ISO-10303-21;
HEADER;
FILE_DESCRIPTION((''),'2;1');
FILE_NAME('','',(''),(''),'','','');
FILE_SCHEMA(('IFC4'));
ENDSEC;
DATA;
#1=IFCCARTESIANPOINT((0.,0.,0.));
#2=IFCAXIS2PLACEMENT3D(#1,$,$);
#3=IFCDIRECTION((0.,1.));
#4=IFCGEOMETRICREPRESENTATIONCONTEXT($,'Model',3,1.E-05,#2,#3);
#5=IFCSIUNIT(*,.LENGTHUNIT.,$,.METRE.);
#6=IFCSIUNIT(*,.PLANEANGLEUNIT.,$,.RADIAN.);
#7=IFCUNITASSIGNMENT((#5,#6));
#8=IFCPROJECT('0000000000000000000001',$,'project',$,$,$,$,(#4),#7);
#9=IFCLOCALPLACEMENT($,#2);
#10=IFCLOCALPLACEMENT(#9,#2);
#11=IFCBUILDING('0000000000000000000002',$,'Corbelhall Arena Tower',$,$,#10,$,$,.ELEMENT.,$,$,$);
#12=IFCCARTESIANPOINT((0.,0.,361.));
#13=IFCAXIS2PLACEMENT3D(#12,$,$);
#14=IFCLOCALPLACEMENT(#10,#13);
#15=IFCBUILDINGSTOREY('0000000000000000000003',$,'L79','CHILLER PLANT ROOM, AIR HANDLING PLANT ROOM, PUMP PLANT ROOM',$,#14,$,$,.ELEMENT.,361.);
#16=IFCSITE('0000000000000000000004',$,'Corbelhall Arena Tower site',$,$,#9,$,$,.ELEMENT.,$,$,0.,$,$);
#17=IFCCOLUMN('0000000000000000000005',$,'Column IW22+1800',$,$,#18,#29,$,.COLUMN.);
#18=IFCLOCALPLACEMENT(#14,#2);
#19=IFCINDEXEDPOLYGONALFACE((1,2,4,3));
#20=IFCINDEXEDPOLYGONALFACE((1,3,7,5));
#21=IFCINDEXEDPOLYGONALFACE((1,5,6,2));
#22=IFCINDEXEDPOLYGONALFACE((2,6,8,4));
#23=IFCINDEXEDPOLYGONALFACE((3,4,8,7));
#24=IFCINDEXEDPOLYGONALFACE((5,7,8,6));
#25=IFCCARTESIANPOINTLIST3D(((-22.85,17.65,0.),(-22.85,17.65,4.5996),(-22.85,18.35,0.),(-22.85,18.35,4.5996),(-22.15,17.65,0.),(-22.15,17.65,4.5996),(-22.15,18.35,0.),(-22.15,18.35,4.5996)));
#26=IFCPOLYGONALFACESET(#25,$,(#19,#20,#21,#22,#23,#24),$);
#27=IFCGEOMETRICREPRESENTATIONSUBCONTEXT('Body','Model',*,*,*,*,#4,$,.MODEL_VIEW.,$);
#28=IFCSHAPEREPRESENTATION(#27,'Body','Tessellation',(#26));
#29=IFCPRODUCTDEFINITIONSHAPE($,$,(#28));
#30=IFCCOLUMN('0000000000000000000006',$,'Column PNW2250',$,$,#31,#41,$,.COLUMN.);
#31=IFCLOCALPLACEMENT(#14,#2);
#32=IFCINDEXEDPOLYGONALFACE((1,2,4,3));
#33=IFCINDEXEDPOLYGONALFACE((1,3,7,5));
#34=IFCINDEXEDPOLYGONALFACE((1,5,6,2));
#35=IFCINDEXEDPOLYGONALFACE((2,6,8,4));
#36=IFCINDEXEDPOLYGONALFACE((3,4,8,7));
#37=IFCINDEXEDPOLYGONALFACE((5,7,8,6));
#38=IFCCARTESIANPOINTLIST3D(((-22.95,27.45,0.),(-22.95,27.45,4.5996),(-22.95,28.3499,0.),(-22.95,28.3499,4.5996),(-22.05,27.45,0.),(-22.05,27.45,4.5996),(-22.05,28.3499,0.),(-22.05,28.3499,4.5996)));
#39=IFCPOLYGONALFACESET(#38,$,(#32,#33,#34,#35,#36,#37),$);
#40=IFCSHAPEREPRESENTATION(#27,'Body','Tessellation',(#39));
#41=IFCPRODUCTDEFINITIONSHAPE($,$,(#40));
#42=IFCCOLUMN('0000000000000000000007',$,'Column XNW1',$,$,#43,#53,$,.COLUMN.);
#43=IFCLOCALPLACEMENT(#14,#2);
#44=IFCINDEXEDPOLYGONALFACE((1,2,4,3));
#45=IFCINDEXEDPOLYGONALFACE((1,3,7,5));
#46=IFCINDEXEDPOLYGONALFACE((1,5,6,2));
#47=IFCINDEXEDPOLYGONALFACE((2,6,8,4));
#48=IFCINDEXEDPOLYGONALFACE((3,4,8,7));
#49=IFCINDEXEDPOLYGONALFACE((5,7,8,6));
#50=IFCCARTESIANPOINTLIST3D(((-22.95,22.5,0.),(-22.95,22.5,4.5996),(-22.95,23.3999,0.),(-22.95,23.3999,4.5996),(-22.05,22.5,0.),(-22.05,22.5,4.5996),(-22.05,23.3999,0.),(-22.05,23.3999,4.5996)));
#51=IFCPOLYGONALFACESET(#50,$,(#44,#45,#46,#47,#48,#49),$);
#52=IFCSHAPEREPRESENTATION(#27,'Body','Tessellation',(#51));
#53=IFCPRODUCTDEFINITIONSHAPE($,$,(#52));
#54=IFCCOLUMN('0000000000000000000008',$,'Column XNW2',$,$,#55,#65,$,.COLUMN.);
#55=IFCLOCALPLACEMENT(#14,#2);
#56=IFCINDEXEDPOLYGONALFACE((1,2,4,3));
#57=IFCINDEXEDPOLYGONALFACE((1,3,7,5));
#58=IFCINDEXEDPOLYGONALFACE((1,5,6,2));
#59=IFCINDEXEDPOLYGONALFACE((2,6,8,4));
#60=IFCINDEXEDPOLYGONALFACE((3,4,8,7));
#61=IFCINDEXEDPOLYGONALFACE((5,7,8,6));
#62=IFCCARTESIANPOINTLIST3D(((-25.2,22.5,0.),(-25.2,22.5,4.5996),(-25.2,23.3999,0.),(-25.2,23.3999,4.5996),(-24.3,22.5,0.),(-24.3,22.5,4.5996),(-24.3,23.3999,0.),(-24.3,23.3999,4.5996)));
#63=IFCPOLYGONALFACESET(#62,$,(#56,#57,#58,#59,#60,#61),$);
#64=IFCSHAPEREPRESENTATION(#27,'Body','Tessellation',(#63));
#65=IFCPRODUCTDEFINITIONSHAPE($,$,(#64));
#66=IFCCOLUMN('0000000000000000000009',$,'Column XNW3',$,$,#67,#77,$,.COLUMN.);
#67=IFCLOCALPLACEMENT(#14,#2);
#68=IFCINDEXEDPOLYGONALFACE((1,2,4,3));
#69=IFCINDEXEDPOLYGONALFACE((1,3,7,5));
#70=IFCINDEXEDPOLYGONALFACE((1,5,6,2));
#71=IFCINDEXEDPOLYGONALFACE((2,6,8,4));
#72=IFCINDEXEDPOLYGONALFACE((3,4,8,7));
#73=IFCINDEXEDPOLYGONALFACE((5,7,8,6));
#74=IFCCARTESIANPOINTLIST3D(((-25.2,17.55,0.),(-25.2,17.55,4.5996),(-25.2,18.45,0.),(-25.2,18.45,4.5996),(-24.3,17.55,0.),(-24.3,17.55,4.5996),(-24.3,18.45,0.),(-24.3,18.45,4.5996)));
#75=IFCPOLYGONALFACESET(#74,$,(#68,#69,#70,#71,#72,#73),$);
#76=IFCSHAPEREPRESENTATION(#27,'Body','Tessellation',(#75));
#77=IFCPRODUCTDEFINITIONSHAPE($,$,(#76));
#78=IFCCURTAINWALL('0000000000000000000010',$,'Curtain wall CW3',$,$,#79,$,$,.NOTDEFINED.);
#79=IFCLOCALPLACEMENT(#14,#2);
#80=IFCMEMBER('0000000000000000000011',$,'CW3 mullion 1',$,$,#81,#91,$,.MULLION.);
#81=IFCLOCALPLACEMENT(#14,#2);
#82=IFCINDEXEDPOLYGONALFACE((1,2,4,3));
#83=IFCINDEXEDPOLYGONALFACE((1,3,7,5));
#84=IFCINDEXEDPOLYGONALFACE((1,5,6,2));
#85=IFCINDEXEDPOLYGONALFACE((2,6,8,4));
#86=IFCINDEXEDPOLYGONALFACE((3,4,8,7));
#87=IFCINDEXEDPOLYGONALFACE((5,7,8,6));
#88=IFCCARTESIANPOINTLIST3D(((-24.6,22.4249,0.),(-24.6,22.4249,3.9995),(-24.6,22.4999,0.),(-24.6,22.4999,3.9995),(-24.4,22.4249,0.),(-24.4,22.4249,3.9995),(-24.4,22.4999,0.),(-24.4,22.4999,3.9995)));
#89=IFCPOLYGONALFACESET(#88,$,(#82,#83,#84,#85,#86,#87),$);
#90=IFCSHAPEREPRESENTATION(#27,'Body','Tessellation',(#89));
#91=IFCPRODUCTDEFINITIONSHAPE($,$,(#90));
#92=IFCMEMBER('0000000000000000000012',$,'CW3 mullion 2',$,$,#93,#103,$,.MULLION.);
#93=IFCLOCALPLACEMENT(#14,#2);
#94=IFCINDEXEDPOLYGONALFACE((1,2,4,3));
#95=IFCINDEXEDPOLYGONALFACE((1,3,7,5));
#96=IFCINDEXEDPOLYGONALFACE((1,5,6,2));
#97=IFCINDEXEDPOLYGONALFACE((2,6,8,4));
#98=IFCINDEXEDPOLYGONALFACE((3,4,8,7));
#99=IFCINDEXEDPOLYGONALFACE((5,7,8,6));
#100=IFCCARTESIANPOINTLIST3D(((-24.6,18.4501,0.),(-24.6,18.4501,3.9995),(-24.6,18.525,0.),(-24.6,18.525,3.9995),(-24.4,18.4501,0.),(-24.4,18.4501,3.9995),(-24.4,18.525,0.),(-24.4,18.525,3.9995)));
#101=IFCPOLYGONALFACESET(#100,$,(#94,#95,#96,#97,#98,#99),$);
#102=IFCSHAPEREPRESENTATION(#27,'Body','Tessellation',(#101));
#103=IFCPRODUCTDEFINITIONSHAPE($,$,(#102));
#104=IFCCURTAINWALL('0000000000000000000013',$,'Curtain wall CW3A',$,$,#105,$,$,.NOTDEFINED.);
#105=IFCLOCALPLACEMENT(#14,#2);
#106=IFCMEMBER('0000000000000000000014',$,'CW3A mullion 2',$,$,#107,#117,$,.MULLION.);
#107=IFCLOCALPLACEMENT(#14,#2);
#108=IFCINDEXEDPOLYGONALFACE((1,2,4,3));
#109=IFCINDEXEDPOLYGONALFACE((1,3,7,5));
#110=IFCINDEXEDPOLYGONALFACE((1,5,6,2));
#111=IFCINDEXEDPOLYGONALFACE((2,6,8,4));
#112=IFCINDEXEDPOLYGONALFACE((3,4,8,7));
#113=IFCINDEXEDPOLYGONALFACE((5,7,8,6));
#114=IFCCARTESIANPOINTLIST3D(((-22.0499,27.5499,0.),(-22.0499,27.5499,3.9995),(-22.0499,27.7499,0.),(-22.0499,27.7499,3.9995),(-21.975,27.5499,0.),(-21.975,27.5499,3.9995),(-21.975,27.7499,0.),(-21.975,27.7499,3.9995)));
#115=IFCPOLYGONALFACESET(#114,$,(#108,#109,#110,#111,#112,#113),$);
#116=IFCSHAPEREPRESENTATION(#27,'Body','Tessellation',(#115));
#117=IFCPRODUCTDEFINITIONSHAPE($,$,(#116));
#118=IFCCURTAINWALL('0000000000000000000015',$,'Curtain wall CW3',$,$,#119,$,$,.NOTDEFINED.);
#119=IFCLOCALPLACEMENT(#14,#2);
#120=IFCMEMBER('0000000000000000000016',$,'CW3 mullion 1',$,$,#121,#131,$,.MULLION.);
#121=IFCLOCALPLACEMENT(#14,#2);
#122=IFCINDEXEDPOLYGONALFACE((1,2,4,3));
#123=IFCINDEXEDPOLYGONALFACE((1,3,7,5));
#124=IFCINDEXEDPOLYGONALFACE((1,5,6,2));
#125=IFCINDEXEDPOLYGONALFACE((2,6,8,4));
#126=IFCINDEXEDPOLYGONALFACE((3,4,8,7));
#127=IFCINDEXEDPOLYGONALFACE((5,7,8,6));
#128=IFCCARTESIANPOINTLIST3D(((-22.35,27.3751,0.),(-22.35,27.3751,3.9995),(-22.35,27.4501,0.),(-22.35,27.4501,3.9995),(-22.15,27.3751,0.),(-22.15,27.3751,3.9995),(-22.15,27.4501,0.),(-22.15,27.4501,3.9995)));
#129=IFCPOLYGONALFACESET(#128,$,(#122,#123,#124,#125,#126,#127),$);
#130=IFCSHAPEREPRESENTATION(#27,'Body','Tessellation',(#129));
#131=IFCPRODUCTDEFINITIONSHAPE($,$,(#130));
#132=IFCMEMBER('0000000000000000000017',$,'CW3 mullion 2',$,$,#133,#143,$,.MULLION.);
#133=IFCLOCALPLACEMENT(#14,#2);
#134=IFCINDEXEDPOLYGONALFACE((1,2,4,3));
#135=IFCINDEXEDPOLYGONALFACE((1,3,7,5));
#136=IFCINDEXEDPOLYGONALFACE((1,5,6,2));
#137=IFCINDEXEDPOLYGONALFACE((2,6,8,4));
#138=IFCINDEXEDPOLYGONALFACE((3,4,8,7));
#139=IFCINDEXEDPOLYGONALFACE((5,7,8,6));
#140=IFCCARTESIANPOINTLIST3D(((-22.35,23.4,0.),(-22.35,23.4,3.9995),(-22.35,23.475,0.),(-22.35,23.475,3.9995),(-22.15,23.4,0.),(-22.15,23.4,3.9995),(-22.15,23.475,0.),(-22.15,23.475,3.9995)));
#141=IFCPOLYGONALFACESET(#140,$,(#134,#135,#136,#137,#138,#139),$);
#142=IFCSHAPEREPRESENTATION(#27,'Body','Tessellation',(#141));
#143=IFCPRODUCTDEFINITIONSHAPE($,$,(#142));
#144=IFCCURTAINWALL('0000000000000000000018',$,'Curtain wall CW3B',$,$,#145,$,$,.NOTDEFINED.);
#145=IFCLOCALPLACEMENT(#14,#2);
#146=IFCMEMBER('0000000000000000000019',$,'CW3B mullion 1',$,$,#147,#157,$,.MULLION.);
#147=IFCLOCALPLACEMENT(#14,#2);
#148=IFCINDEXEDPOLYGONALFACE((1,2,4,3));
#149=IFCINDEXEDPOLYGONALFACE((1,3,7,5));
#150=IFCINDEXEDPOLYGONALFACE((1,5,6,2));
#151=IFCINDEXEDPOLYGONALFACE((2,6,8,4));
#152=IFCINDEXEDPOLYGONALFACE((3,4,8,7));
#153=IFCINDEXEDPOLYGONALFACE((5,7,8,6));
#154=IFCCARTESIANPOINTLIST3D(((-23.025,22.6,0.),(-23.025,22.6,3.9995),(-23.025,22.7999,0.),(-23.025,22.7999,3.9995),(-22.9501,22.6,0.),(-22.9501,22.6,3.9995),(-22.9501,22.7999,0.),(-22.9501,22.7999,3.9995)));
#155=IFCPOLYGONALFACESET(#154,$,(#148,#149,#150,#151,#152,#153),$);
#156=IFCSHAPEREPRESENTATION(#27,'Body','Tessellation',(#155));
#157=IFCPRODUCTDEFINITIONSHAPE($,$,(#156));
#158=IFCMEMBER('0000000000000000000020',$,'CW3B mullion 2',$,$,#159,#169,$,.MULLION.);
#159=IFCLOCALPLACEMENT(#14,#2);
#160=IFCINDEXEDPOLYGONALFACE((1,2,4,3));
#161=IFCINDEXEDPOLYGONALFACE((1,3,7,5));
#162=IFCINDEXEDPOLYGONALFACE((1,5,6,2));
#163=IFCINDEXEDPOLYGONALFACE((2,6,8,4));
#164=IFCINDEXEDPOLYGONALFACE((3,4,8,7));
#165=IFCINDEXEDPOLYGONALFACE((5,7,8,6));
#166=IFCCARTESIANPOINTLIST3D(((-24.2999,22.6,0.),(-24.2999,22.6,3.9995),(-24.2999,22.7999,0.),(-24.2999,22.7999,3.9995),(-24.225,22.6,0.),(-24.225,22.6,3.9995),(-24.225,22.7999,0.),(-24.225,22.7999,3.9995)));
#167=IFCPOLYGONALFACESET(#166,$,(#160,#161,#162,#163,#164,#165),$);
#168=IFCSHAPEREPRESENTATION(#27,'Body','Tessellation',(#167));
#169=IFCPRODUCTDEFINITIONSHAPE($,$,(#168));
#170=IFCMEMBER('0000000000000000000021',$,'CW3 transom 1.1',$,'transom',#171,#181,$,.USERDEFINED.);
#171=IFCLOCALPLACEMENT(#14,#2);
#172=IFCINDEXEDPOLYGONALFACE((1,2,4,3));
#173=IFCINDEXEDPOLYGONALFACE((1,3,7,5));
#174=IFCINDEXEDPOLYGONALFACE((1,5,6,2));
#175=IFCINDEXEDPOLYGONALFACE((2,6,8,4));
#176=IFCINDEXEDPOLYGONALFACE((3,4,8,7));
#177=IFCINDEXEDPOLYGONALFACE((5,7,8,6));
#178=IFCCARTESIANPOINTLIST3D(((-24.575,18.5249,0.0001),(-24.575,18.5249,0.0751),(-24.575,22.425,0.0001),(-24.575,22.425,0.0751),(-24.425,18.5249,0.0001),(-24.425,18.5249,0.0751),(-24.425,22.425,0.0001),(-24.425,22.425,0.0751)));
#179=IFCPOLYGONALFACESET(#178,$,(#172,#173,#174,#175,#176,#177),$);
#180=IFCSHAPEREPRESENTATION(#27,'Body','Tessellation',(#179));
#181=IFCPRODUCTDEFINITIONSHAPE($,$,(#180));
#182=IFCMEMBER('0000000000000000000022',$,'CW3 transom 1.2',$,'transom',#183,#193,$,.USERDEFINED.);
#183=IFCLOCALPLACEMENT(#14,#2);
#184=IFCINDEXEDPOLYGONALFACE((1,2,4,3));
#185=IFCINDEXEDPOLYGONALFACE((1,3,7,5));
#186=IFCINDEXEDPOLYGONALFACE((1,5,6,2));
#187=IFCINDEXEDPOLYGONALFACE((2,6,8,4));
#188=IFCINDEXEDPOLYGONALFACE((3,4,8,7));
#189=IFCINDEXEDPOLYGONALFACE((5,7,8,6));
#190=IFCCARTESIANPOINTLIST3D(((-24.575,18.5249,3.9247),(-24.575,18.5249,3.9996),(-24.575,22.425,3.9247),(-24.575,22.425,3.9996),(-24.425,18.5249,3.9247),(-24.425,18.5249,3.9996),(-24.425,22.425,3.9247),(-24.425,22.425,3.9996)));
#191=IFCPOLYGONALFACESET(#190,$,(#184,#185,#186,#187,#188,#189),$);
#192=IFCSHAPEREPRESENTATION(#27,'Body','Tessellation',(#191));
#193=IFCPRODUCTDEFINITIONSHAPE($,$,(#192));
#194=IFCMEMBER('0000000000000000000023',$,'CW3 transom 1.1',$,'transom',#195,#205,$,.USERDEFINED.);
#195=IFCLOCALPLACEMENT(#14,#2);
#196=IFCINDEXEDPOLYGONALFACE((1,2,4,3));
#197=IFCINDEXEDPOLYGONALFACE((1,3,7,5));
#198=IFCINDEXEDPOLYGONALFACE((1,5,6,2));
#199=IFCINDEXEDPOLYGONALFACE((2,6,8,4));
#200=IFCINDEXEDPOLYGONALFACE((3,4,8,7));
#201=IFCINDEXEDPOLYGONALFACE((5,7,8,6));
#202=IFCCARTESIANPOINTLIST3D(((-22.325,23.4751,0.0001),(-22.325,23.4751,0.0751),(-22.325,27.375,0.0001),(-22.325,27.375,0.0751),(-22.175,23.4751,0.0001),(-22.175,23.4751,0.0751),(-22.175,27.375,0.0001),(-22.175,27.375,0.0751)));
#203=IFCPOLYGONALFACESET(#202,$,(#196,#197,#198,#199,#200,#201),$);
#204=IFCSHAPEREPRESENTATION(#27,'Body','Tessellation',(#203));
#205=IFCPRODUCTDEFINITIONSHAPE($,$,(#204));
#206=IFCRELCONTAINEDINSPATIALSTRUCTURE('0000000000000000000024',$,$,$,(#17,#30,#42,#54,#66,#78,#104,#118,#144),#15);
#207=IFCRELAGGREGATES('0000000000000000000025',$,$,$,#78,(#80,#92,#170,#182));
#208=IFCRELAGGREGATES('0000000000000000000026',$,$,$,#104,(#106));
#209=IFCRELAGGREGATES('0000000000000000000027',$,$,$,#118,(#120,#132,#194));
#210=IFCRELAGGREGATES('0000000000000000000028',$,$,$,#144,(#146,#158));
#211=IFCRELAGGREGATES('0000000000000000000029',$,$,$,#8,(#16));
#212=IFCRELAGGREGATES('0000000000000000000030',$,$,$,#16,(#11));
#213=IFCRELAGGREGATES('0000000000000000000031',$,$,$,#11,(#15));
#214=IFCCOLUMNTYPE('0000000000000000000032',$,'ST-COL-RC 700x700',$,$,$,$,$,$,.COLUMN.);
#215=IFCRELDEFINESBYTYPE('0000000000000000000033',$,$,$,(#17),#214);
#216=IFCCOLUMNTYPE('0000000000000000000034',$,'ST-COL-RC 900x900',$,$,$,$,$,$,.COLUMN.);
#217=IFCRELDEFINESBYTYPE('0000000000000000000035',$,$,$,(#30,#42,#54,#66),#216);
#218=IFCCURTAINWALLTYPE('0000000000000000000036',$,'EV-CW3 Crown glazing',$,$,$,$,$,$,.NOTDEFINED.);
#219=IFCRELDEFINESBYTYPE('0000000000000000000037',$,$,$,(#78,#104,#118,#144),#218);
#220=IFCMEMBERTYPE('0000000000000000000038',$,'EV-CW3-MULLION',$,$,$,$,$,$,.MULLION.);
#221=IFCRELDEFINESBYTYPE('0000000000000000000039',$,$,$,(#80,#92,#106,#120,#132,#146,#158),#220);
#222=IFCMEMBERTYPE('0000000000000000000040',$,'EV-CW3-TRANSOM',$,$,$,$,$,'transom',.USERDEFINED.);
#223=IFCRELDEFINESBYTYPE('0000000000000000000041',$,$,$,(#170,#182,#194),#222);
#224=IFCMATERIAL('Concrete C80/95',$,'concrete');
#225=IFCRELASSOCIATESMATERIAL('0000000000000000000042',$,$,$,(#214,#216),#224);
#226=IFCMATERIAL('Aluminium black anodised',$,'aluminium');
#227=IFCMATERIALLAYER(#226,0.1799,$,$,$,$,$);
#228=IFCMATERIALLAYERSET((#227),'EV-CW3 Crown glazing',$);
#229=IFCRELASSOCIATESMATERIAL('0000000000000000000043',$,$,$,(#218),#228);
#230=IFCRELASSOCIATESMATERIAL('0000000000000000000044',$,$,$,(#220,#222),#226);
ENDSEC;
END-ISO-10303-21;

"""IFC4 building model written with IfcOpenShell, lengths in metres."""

from ifc_helpers import new_model, si_unit, direction, frame, origin, origin_2d, place, context, subcontext, project, spatial, rectangle, extrude, material, layer, layer_set, material_profile, profile_set, type_object, element, aggregate, save


model = new_model("IFC4")

# Units and contexts
model_context = context("Model", 3, precision=1e-05, world=origin(), true_north=direction((0.0, 1.0)))
body_context = subcontext(model_context, "Body", "Model", "MODEL_VIEW")
ifc_project = project(units=[si_unit("LENGTHUNIT", "METRE"), si_unit("PLANEANGLEUNIT", "RADIAN")], contexts=[model_context])

# Site, building, storey
site_placement = place(None, origin())
site = spatial("IfcSite", under=ifc_project, at=site_placement, Name="Corbelhall Arena Tower site", CompositionType="ELEMENT", RefElevation=0.0)
building_placement = place(site_placement, origin())
building = spatial("IfcBuilding", under=site, at=building_placement, Name="Corbelhall Arena Tower", CompositionType="ELEMENT")
storey_placement = place(building_placement, frame((0.0, 0.0, 361.0)))
storey = spatial("IfcBuildingStorey", under=building, at=storey_placement, Name="L79", Description="CHILLER PLANT ROOM, AIR HANDLING PLANT ROOM, PUMP PLANT ROOM", CompositionType="ELEMENT", Elevation=361.0)

# Columns
ifc_material_1 = material(Name="Concrete C80/95", Category="concrete")
ifc_material_profile_1 = material_profile(ifc_material_1, rectangle(XDim=0.7, YDim=0.7, at=origin_2d()))
ifc_profile_set_1 = profile_set([ifc_material_profile_1], Name="Concrete C80/95")
column_type_1 = type_object("IfcColumnType", Name="ST-COL-RC 700x700", PredefinedType="COLUMN", material=ifc_profile_set_1)
column_placement = place(storey_placement, frame((-22.5, 18.0, 0.0), z_axis=(0.0, 0.0, 1.0), x_axis=(1.0, 0.0, 0.0)))
element("IfcColumn", 1, at=column_placement, inside=storey, type_object=column_type_1, Name="Column IW22+1800", PredefinedType="COLUMN", context=body_context, shape_type="SweptSolid", body=[
    extrude(rectangle(XDim=0.7, YDim=0.7, at=origin_2d()), origin(), (0.0, 0.0, 1.0), 4.5996),
])
ifc_material_profile_2 = material_profile(ifc_material_1, rectangle(XDim=0.8999, YDim=0.8999, at=origin_2d()))
ifc_profile_set_2 = profile_set([ifc_material_profile_2], Name="Concrete C80/95")
column_type_2 = type_object("IfcColumnType", Name="ST-COL-RC 900x900", PredefinedType="COLUMN", material=ifc_profile_set_2)
for number, where, z_axis, x_axis, name in (
    (2, (-22.5, 27.8999, 0.0), (0.0, 0.0, 1.0), (1.0, 0.0, 0.0), "Column PNW2250"),
    (3, (-22.5, 22.95, 0.0), (0.0, 0.0, 1.0), (1.0, 0.0, 0.0), "Column XNW1"),
    (4, (-24.75, 22.95, 0.0), (0.0, 0.0, 1.0), (1.0, 0.0, 0.0), "Column XNW2"),
    (5, (-24.75, 18.0, 0.0), (0.0, 0.0, 1.0), (1.0, 0.0, 0.0), "Column XNW3"),
):
    element("IfcColumn", number, at=place(storey_placement, frame(where, z_axis=z_axis, x_axis=x_axis)), inside=storey, type_object=column_type_2, Name=name, PredefinedType="COLUMN", context=body_context, shape_type="SweptSolid", body=[
        extrude(rectangle(XDim=0.8999, YDim=0.8999, at=origin_2d()), origin(), (0.0, 0.0, 1.0), 4.5996),
    ])

# Curtain wall, members
ifc_material_2 = material(Name="Aluminium black anodised", Category="aluminium")
ifc_layer_1 = layer(ifc_material_2, 0.1799)
ifc_layer_set_1 = layer_set([ifc_layer_1], Name="EV-CW3 Crown glazing")
curtain_wall_type = type_object("IfcCurtainWallType", Name="EV-CW3 Crown glazing", PredefinedType="NOTDEFINED", material=ifc_layer_set_1)
curtain_wall_1_placement = place(storey_placement, origin())
curtain_wall_1 = element("IfcCurtainWall", 6, at=curtain_wall_1_placement, inside=storey, type_object=curtain_wall_type, Name="Curtain wall CW3", PredefinedType="NOTDEFINED")
ifc_material_profile_3 = material_profile(ifc_material_2, rectangle(XDim=0.2, YDim=0.075, at=origin_2d()))
ifc_profile_set_3 = profile_set([ifc_material_profile_3], Name="Aluminium black anodised")
member_type_1 = type_object("IfcMemberType", Name="EV-CW3-MULLION", PredefinedType="MULLION", material=ifc_profile_set_3)
member_1_placement = place(storey_placement, frame((-24.5, 22.4624, 0.0), z_axis=(0.0, 0.0, 1.0), x_axis=(1.0, 0.0, 0.0)))
member_1 = element("IfcMember", 7, at=member_1_placement, type_object=member_type_1, Name="CW3 mullion 1", PredefinedType="MULLION", context=body_context, shape_type="SweptSolid", body=[
    extrude(rectangle(XDim=0.2, YDim=0.075, at=origin_2d()), origin(), (0.0, 0.0, 1.0), 3.9995),
])
member_2_placement = place(storey_placement, frame((-24.5, 18.4875, 0.0), z_axis=(0.0, 0.0, 1.0), x_axis=(1.0, 0.0, 0.0)))
member_2 = element("IfcMember", 8, at=member_2_placement, type_object=member_type_1, Name="CW3 mullion 2", PredefinedType="MULLION", context=body_context, shape_type="SweptSolid", body=[
    extrude(rectangle(XDim=0.2, YDim=0.075, at=origin_2d()), origin(), (0.0, 0.0, 1.0), 3.9995),
])

# Curtain wall, member
curtain_wall_2_placement = place(storey_placement, origin())
curtain_wall_2 = element("IfcCurtainWall", 9, at=curtain_wall_2_placement, inside=storey, type_object=curtain_wall_type, Name="Curtain wall CW3A", PredefinedType="NOTDEFINED")
member_3_placement = place(storey_placement, frame((-22.0125, 27.6499, 0.0), z_axis=(0.0, 0.0, 1.0), x_axis=(0.0, -1.0, 0.0)))
member_3 = element("IfcMember", 10, at=member_3_placement, type_object=member_type_1, Name="CW3A mullion 2", PredefinedType="MULLION", context=body_context, shape_type="SweptSolid", body=[
    extrude(rectangle(XDim=0.2, YDim=0.075, at=origin_2d()), origin(), (0.0, 0.0, 1.0), 3.9995),
])

# Curtain walls, members
curtain_wall_3_placement = place(storey_placement, origin())
curtain_wall_3 = element("IfcCurtainWall", 11, at=curtain_wall_3_placement, inside=storey, type_object=curtain_wall_type, Name="Curtain wall CW3", PredefinedType="NOTDEFINED")
member_4_placement = place(storey_placement, frame((-22.25, 27.4126, 0.0), z_axis=(0.0, 0.0, 1.0), x_axis=(1.0, 0.0, 0.0)))
member_4 = element("IfcMember", 12, at=member_4_placement, type_object=member_type_1, Name="CW3 mullion 1", PredefinedType="MULLION", context=body_context, shape_type="SweptSolid", body=[
    extrude(rectangle(XDim=0.2, YDim=0.075, at=origin_2d()), origin(), (0.0, 0.0, 1.0), 3.9995),
])
member_5_placement = place(storey_placement, frame((-22.25, 23.4375, 0.0), z_axis=(0.0, 0.0, 1.0), x_axis=(1.0, 0.0, 0.0)))
member_5 = element("IfcMember", 13, at=member_5_placement, type_object=member_type_1, Name="CW3 mullion 2", PredefinedType="MULLION", context=body_context, shape_type="SweptSolid", body=[
    extrude(rectangle(XDim=0.2, YDim=0.075, at=origin_2d()), origin(), (0.0, 0.0, 1.0), 3.9995),
])
curtain_wall_4_placement = place(storey_placement, origin())
curtain_wall_4 = element("IfcCurtainWall", 14, at=curtain_wall_4_placement, inside=storey, type_object=curtain_wall_type, Name="Curtain wall CW3B", PredefinedType="NOTDEFINED")
member_6_placement = place(storey_placement, frame((-22.9875, 22.7, 0.0), z_axis=(0.0, 0.0, 1.0), x_axis=(0.0, -1.0, 0.0)))
member_6 = element("IfcMember", 15, at=member_6_placement, type_object=member_type_1, Name="CW3B mullion 1", PredefinedType="MULLION", context=body_context, shape_type="SweptSolid", body=[
    extrude(rectangle(XDim=0.2, YDim=0.075, at=origin_2d()), origin(), (0.0, 0.0, 1.0), 3.9995),
])
member_7_placement = place(storey_placement, frame((-24.2625, 22.7, 0.0), z_axis=(0.0, 0.0, 1.0), x_axis=(0.0, -1.0, 0.0)))
member_7 = element("IfcMember", 16, at=member_7_placement, type_object=member_type_1, Name="CW3B mullion 2", PredefinedType="MULLION", context=body_context, shape_type="SweptSolid", body=[
    extrude(rectangle(XDim=0.2, YDim=0.075, at=origin_2d()), origin(), (0.0, 0.0, 1.0), 3.9995),
])

# Members
ifc_material_profile_4 = material_profile(ifc_material_2, rectangle(XDim=0.1499, YDim=0.075, at=origin_2d()))
ifc_profile_set_4 = profile_set([ifc_material_profile_4], Name="Aluminium black anodised")
member_type_2 = type_object("IfcMemberType", Name="EV-CW3-TRANSOM", ElementType="transom", PredefinedType="USERDEFINED", material=ifc_profile_set_4)
member_8_placement = place(storey_placement, frame((-24.5, 22.425, 0.0376), z_axis=(0.0, -1.0, 0.0), x_axis=(1.0, 0.0, 0.0)))
member_8 = element("IfcMember", 17, at=member_8_placement, type_object=member_type_2, Name="CW3 transom 1.1", ObjectType="transom", PredefinedType="USERDEFINED", context=body_context, shape_type="SweptSolid", body=[
    extrude(rectangle(XDim=0.1499, YDim=0.075, at=origin_2d()), origin(), (0.0, 0.0, 1.0), 3.9001),
])
member_9_placement = place(storey_placement, frame((-24.5, 22.425, 3.9622), z_axis=(0.0, -1.0, 0.0), x_axis=(1.0, 0.0, 0.0)))
member_9 = element("IfcMember", 18, at=member_9_placement, type_object=member_type_2, Name="CW3 transom 1.2", ObjectType="transom", PredefinedType="USERDEFINED", context=body_context, shape_type="SweptSolid", body=[
    extrude(rectangle(XDim=0.1499, YDim=0.075, at=origin_2d()), origin(), (0.0, 0.0, 1.0), 3.9001),
])
member_10_placement = place(storey_placement, frame((-22.25, 27.375, 0.0376), z_axis=(0.0, -1.0, 0.0), x_axis=(1.0, 0.0, 0.0)))
member_10 = element("IfcMember", 19, at=member_10_placement, type_object=member_type_2, Name="CW3 transom 1.1", ObjectType="transom", PredefinedType="USERDEFINED", context=body_context, shape_type="SweptSolid", body=[
    extrude(rectangle(XDim=0.1499, YDim=0.075, at=origin_2d()), origin(), (0.0, 0.0, 1.0), 3.8999),
])

aggregate(curtain_wall_1, [member_1, member_2, member_8, member_9])
aggregate(curtain_wall_2, [member_3])
aggregate(curtain_wall_3, [member_4, member_5, member_10])
aggregate(curtain_wall_4, [member_6, member_7])

save(model, "model.ifc")
